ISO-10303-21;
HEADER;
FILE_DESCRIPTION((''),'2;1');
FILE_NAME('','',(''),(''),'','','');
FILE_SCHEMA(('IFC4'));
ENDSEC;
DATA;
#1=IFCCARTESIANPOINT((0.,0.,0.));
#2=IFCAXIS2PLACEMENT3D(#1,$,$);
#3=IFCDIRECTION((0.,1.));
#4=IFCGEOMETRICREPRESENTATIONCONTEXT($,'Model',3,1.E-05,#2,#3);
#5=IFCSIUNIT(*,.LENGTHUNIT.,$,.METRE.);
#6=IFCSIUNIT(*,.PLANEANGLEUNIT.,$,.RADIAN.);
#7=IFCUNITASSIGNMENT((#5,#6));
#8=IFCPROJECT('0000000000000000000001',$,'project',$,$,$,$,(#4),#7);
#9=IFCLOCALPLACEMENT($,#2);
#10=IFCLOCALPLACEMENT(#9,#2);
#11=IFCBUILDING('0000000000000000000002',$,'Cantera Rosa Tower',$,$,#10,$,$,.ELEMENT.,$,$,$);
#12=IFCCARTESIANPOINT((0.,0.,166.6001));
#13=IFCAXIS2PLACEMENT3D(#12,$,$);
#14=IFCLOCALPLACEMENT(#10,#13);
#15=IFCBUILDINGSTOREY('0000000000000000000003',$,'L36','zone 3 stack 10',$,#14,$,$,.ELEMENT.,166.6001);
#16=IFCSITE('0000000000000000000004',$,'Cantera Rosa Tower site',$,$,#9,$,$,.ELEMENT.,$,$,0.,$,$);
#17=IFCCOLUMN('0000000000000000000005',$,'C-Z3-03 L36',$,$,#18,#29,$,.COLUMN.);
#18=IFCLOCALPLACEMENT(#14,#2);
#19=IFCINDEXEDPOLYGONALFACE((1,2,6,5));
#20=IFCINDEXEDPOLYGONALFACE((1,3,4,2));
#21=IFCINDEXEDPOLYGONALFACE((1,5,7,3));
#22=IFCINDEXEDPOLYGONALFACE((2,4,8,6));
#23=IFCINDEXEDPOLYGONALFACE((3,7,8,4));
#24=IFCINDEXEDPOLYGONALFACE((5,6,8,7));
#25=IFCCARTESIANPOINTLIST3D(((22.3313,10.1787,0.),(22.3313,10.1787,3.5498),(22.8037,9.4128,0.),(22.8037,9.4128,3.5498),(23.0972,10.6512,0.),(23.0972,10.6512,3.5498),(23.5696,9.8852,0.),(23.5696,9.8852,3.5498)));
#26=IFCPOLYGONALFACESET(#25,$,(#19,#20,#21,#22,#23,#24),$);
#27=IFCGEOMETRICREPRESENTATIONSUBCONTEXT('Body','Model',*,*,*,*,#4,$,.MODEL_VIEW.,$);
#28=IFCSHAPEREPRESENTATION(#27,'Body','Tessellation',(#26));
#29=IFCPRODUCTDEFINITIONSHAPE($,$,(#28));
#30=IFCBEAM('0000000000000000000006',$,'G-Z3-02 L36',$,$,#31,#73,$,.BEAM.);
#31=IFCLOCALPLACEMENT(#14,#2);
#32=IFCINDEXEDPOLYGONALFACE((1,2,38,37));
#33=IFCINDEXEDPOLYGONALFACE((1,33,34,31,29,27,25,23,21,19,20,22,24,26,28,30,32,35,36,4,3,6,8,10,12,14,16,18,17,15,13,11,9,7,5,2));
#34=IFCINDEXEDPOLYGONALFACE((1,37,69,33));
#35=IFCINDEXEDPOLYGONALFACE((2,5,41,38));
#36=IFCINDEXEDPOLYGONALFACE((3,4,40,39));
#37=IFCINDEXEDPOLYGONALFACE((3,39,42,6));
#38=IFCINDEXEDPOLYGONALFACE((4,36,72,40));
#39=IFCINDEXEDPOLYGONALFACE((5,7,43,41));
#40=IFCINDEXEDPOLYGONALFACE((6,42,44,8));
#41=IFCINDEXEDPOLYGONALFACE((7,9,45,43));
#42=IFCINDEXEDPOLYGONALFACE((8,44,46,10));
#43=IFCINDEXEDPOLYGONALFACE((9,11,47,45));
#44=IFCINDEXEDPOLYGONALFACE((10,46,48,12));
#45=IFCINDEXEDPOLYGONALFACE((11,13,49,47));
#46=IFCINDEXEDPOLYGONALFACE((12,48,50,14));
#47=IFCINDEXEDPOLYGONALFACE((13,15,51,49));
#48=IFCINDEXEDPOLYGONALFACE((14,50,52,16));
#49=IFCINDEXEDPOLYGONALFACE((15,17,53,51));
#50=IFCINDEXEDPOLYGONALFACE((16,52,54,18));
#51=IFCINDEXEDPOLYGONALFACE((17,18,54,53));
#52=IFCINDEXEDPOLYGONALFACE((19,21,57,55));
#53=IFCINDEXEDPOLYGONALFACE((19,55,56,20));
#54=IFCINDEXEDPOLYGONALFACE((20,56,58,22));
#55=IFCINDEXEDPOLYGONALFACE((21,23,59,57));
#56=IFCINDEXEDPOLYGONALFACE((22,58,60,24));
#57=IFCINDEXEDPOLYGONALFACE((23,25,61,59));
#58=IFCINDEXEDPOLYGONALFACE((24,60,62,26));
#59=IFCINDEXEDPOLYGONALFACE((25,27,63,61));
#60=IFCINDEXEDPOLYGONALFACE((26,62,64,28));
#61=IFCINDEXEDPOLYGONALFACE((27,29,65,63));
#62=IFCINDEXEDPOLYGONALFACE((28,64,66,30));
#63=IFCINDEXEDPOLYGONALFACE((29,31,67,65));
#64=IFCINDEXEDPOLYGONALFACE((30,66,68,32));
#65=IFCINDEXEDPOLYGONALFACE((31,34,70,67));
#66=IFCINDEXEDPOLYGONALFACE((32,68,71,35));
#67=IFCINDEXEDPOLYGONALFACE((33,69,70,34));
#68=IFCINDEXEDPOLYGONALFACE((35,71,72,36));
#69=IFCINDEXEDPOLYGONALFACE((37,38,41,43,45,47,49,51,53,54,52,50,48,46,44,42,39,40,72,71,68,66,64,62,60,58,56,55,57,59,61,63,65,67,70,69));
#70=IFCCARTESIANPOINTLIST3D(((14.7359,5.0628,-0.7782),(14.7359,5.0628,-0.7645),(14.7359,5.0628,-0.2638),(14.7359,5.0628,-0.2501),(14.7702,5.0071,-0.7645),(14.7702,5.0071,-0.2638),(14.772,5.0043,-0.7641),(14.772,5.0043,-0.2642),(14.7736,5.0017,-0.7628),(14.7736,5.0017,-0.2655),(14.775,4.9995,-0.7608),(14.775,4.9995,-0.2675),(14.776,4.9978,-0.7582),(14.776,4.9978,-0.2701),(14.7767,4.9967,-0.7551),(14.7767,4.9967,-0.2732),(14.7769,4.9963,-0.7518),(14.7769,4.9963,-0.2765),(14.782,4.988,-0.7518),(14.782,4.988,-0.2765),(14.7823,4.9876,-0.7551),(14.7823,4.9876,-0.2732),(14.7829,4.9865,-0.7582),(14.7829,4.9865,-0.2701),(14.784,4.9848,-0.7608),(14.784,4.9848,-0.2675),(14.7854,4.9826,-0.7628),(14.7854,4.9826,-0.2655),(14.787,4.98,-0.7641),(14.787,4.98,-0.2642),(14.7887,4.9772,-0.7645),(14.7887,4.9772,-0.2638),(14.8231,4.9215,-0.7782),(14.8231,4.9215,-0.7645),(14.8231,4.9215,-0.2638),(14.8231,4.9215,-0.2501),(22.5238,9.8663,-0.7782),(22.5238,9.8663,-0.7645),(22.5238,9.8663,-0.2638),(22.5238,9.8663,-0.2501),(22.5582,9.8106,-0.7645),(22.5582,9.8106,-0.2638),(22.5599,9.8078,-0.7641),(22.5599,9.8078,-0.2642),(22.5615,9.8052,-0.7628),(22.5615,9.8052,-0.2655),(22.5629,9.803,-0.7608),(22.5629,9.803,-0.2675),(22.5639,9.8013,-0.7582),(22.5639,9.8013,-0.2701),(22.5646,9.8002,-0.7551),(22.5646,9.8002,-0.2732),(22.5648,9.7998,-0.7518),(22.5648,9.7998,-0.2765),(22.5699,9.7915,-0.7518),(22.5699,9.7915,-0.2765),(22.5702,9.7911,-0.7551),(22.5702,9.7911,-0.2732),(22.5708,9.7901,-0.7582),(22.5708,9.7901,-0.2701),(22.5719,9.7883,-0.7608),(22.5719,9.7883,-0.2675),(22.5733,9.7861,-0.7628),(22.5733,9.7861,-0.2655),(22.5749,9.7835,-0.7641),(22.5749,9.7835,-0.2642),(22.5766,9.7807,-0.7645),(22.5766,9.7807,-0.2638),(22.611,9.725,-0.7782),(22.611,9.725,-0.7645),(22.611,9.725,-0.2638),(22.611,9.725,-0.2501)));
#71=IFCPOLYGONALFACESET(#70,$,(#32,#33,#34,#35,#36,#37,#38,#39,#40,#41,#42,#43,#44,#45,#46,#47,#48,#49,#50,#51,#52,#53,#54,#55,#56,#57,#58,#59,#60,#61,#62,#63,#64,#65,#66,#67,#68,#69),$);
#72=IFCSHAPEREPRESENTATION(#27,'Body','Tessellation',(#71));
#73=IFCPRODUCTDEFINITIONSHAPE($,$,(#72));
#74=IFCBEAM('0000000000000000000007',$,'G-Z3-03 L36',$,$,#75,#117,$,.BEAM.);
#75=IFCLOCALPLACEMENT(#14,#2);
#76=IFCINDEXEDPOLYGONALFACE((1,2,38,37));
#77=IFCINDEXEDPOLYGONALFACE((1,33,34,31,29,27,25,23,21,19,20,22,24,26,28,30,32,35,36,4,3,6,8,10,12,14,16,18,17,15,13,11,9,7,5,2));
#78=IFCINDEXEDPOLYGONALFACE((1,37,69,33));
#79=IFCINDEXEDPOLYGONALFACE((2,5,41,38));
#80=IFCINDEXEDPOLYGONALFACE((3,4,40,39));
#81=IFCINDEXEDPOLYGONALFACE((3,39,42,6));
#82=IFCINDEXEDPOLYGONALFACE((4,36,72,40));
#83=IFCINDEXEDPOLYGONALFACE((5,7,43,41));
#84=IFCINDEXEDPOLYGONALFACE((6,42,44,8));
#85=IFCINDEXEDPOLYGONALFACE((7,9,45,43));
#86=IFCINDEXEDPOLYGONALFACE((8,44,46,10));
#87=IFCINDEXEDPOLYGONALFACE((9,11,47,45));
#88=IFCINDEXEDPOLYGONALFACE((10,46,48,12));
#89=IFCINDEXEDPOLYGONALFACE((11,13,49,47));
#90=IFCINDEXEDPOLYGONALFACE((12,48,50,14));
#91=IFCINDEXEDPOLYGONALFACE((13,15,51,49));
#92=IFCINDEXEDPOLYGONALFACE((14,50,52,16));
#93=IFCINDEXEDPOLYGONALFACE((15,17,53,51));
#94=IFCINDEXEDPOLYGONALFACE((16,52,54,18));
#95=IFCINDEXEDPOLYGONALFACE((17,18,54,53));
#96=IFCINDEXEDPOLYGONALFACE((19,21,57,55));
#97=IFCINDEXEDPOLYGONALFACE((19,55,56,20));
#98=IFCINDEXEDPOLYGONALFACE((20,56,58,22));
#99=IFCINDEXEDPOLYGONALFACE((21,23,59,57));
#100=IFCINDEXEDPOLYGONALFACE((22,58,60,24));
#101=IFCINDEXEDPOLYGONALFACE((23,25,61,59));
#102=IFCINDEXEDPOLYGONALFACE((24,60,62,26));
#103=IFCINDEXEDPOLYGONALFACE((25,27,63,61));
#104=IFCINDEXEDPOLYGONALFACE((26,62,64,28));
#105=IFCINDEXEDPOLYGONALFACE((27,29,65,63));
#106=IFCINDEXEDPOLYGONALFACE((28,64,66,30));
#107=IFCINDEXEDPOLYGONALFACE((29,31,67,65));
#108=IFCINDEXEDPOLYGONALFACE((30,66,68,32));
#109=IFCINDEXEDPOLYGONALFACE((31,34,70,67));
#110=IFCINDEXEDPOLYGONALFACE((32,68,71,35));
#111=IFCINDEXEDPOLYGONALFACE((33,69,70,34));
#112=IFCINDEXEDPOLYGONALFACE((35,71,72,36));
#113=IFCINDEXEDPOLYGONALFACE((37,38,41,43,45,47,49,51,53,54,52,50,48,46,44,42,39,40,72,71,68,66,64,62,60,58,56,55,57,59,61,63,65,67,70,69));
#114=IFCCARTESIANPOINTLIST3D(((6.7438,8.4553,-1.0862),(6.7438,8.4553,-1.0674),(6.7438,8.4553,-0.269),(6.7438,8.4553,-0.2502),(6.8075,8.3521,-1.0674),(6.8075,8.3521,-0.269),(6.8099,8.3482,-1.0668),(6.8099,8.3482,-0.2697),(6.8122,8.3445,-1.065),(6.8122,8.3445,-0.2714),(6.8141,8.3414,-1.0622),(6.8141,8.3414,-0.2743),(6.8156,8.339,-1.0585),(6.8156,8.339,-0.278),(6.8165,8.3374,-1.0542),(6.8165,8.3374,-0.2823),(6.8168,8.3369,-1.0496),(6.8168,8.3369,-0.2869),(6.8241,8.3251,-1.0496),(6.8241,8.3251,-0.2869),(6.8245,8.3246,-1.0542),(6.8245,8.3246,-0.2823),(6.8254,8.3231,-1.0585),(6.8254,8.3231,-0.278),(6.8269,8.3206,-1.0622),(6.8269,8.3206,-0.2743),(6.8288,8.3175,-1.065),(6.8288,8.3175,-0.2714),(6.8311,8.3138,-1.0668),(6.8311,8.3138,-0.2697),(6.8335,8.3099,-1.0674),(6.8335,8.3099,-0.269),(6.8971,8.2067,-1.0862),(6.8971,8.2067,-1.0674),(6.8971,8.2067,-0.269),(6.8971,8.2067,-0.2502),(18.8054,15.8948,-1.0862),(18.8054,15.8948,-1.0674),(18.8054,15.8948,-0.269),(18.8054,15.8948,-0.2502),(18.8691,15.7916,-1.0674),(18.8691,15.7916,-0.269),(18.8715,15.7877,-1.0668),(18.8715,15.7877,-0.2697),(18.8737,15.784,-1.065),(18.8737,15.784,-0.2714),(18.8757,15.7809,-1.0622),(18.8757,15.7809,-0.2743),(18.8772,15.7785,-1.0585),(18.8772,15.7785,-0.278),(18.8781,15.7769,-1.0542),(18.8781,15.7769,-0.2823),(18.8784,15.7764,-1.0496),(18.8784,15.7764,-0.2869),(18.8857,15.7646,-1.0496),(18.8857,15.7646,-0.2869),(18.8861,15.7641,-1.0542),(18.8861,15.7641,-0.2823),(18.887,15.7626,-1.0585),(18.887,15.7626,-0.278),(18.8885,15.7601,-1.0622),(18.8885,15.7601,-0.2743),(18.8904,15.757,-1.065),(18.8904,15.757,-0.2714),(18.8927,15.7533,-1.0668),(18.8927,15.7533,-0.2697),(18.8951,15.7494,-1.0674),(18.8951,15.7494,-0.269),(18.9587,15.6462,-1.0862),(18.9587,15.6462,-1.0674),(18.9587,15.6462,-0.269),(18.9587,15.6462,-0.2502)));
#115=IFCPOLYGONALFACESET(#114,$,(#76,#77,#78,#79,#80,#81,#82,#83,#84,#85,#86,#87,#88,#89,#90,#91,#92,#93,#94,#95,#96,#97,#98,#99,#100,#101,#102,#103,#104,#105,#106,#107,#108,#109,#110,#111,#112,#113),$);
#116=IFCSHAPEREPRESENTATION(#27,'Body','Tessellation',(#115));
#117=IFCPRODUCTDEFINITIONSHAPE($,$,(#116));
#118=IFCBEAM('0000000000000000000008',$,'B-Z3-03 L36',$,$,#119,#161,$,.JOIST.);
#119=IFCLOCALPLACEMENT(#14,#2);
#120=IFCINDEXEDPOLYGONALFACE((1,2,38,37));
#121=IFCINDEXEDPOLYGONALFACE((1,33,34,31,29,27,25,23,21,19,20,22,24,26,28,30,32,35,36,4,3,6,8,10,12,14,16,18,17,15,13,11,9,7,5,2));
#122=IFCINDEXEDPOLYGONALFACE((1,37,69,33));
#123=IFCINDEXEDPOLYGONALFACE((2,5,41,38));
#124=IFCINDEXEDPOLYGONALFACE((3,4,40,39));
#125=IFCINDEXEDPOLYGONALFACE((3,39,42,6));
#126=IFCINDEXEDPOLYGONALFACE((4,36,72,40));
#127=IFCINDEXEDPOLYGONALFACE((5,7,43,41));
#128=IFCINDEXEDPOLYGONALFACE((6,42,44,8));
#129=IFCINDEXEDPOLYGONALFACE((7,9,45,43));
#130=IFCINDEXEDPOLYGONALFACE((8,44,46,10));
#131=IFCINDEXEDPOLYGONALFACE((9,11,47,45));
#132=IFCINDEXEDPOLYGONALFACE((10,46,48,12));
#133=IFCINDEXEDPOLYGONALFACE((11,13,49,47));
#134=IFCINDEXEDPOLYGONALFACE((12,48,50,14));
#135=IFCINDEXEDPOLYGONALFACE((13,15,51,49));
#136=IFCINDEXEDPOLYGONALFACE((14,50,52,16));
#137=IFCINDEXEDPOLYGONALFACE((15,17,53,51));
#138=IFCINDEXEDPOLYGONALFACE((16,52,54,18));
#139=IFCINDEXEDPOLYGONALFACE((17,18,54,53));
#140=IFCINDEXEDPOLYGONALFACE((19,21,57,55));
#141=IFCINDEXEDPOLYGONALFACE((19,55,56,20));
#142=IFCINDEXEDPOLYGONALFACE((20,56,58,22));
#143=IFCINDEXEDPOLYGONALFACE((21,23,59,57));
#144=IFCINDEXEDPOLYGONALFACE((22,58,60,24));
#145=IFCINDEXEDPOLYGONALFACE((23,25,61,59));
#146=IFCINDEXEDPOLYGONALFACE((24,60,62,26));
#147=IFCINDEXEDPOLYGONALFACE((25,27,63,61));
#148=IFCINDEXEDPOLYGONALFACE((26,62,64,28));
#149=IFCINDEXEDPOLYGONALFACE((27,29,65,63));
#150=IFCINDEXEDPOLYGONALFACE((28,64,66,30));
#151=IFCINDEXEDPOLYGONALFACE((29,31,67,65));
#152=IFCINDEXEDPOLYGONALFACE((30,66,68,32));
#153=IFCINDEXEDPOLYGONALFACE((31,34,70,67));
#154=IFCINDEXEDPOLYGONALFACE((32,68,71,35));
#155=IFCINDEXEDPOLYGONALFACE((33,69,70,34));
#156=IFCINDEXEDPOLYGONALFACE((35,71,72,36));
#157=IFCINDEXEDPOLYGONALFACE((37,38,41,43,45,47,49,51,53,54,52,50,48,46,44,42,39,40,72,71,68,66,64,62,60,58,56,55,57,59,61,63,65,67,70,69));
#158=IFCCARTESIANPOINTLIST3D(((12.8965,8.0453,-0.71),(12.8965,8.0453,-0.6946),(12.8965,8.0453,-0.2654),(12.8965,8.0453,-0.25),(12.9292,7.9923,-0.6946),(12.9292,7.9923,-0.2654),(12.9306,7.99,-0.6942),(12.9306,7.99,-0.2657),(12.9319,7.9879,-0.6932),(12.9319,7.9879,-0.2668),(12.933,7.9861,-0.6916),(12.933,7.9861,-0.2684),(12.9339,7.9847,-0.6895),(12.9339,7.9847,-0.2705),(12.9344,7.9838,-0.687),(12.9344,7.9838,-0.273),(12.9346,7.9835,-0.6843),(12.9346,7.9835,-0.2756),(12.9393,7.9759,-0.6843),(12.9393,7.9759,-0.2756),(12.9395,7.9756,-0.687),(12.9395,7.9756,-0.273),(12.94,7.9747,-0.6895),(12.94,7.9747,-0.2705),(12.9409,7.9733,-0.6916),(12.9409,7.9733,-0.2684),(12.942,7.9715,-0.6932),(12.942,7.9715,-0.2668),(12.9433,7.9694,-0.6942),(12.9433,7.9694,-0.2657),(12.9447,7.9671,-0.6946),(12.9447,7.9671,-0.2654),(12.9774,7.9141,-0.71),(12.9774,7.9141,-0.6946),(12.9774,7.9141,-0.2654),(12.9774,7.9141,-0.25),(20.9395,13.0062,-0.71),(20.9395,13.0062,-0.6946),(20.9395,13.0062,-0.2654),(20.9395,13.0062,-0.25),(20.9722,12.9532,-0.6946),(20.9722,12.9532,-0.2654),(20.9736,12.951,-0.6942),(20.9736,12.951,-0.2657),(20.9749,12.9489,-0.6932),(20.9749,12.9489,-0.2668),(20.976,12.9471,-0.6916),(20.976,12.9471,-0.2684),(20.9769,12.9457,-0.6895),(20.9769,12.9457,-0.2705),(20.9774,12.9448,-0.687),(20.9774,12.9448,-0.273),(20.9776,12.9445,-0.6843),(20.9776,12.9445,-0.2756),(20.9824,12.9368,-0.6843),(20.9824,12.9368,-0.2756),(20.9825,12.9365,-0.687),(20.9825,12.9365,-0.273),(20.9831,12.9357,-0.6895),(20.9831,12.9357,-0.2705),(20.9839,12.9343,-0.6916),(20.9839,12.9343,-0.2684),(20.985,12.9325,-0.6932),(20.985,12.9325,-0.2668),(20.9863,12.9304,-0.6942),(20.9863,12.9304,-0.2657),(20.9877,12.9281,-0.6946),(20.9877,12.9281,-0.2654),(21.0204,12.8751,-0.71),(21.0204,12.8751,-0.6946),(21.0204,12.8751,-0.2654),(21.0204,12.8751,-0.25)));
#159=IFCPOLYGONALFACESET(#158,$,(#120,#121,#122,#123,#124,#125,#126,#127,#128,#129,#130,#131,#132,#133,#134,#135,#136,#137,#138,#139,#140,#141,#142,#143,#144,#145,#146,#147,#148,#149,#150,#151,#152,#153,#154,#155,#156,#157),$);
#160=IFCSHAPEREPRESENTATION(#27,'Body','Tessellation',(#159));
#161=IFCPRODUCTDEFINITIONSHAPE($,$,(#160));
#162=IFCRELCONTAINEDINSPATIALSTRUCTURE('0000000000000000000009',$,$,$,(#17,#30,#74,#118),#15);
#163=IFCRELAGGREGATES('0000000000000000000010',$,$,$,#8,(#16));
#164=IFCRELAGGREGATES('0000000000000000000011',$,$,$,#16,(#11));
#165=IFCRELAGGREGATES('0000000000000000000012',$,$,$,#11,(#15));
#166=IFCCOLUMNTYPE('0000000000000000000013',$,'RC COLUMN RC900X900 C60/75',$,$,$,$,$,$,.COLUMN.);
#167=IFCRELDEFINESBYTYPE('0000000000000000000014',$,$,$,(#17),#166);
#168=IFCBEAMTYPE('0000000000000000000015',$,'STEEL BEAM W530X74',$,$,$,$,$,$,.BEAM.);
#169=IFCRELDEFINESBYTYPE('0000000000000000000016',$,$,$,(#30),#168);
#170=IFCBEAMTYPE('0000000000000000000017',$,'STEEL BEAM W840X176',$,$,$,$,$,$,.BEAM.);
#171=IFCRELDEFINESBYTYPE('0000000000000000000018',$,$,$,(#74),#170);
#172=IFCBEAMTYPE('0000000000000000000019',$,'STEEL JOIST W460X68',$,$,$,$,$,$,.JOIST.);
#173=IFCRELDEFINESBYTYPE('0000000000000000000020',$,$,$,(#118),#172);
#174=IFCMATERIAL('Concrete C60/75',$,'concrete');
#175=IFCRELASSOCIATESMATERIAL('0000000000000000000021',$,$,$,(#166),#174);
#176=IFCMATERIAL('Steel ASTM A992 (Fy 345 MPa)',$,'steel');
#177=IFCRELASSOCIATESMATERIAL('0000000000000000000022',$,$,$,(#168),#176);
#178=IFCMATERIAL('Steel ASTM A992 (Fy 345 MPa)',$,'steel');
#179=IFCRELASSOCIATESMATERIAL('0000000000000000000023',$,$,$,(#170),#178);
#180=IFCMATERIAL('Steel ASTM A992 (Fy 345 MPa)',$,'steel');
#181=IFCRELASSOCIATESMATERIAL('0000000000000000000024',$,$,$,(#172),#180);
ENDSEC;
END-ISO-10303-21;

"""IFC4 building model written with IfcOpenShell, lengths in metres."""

from ifc_helpers import new_model, si_unit, direction, frame, origin, origin_2d, place, context, subcontext, project, spatial, rectangle, i_section, extrude, material, material_profile, profile_set, type_object, element, save


model = new_model("IFC4")

# Units and contexts
model_context = context("Model", 3, precision=1e-05, world=origin(), true_north=direction((0.0, 1.0)))
body_context = subcontext(model_context, "Body", "Model", "MODEL_VIEW")
ifc_project = project(units=[si_unit("LENGTHUNIT", "METRE"), si_unit("PLANEANGLEUNIT", "RADIAN")], contexts=[model_context])

# Site, building, storey
site_placement = place(None, origin())
site = spatial("IfcSite", under=ifc_project, at=site_placement, Name="Cantera Rosa Tower site", CompositionType="ELEMENT", RefElevation=0.0)
building_placement = place(site_placement, origin())
building = spatial("IfcBuilding", under=site, at=building_placement, Name="Cantera Rosa Tower", CompositionType="ELEMENT")
storey_placement = place(building_placement, frame((0.0, 0.0, 166.6001)))
storey = spatial("IfcBuildingStorey", under=building, at=storey_placement, Name="L36", Description="zone 3 stack 10", CompositionType="ELEMENT", Elevation=166.6001)

# Column
ifc_material_1 = material(Name="Concrete C60/75", Category="concrete")
ifc_material_profile_1 = material_profile(ifc_material_1, rectangle(XDim=0.8999, YDim=0.8999, at=origin_2d()), Name="RC COLUMN RC900X900 C60/75")
ifc_profile_set_1 = profile_set([ifc_material_profile_1], Name="Concrete C60/75")
column_type = type_object("IfcColumnType", Name="RC COLUMN RC900X900 C60/75", PredefinedType="COLUMN", material=ifc_profile_set_1)
column_placement = place(storey_placement, frame((22.9504, 10.032, 0.0), z_axis=(0.0, 0.0, 1.0), x_axis=(0.851117, 0.524977, 0.0)))
element("IfcColumn", 1, at=column_placement, inside=storey, type_object=column_type, Name="C-Z3-03 L36", PredefinedType="COLUMN", context=body_context, shape_type="SweptSolid", body=[
    extrude(rectangle(XDim=0.8999, YDim=0.8999, at=origin_2d()), origin(), (0.0, 0.0, 1.0), 3.5498),
])

# Beams
ifc_material_2 = material(Name="Steel ASTM A992 (Fy 345 MPa)", Category="steel")
ifc_material_profile_2 = material_profile(ifc_material_2, i_section(OverallWidth=0.166, OverallDepth=0.5281, WebThickness=0.0098, FlangeThickness=0.0137, FilletRadius=0.0127, at=origin_2d()), Name="W530X74")
ifc_profile_set_2 = profile_set([ifc_material_profile_2], Name="Steel ASTM A992 (Fy 345 MPa)")
beam_type_1 = type_object("IfcBeamType", Name="STEEL BEAM W530X74", PredefinedType="BEAM", material=ifc_profile_set_2)
beam_1_placement = place(storey_placement, frame((22.5674, 9.7957, -0.5142), z_axis=(-0.851124, -0.524965, 0.0), x_axis=(0.524965, -0.851124, 0.0)))
element("IfcBeam", 2, at=beam_1_placement, inside=storey, type_object=beam_type_1, Name="G-Z3-02 L36", PredefinedType="BEAM", context=body_context, shape_type="SweptSolid", body=[
    extrude(i_section(OverallWidth=0.166, OverallDepth=0.5281, WebThickness=0.0098, FlangeThickness=0.0137, FilletRadius=0.0127, at=origin_2d()), origin(), (0.0, 0.0, 1.0), 9.1501),
])
ifc_material_3 = material(Name="Steel ASTM A992 (Fy 345 MPa)", Category="steel")
ifc_material_profile_3 = material_profile(ifc_material_3, i_section(OverallWidth=0.292, OverallDepth=0.8359, WebThickness=0.0139, FlangeThickness=0.0188, FilletRadius=0.0178, at=origin_2d()), Name="W840X176")
ifc_profile_set_3 = profile_set([ifc_material_profile_3], Name="Steel ASTM A992 (Fy 345 MPa)")
beam_type_2 = type_object("IfcBeamType", Name="STEEL BEAM W840X176", PredefinedType="BEAM", material=ifc_profile_set_3)
beam_2_placement = place(storey_placement, frame((18.8821, 15.7705, -0.6682), z_axis=(-0.851123, -0.524966, 0.0), x_axis=(0.524966, -0.851123, 0.0)))
element("IfcBeam", 3, at=beam_2_placement, inside=storey, type_object=beam_type_2, Name="G-Z3-03 L36", PredefinedType="BEAM", context=body_context, shape_type="SweptSolid", body=[
    extrude(i_section(OverallWidth=0.292, OverallDepth=0.8359, WebThickness=0.0139, FlangeThickness=0.0188, FilletRadius=0.0178, at=origin_2d()), origin(), (0.0, 0.0, 1.0), 14.1714),
])
ifc_material_4 = material(Name="Steel ASTM A992 (Fy 345 MPa)", Category="steel")
ifc_material_profile_4 = material_profile(ifc_material_4, i_section(OverallWidth=0.1541, OverallDepth=0.46, WebThickness=0.009, FlangeThickness=0.0154, FilletRadius=0.0103, at=origin_2d()), Name="W460X68")
ifc_profile_set_4 = profile_set([ifc_material_profile_4], Name="Steel ASTM A992 (Fy 345 MPa)")
beam_type_3 = type_object("IfcBeamType", Name="STEEL JOIST W460X68", PredefinedType="JOIST", material=ifc_profile_set_4)
beam_3_placement = place(storey_placement, frame((20.98, 12.9407, -0.48), z_axis=(-0.851119, -0.524974, 0.0), x_axis=(0.524974, -0.851119, 0.0)))
element("IfcBeam", 4, at=beam_3_placement, inside=storey, type_object=beam_type_3, Name="B-Z3-03 L36", PredefinedType="JOIST", context=body_context, shape_type="SweptSolid", body=[
    extrude(i_section(OverallWidth=0.1541, OverallDepth=0.46, WebThickness=0.009, FlangeThickness=0.0154, FilletRadius=0.0103, at=origin_2d()), origin(), (0.0, 0.0, 1.0), 9.45),
])

save(model, "model.ifc")
